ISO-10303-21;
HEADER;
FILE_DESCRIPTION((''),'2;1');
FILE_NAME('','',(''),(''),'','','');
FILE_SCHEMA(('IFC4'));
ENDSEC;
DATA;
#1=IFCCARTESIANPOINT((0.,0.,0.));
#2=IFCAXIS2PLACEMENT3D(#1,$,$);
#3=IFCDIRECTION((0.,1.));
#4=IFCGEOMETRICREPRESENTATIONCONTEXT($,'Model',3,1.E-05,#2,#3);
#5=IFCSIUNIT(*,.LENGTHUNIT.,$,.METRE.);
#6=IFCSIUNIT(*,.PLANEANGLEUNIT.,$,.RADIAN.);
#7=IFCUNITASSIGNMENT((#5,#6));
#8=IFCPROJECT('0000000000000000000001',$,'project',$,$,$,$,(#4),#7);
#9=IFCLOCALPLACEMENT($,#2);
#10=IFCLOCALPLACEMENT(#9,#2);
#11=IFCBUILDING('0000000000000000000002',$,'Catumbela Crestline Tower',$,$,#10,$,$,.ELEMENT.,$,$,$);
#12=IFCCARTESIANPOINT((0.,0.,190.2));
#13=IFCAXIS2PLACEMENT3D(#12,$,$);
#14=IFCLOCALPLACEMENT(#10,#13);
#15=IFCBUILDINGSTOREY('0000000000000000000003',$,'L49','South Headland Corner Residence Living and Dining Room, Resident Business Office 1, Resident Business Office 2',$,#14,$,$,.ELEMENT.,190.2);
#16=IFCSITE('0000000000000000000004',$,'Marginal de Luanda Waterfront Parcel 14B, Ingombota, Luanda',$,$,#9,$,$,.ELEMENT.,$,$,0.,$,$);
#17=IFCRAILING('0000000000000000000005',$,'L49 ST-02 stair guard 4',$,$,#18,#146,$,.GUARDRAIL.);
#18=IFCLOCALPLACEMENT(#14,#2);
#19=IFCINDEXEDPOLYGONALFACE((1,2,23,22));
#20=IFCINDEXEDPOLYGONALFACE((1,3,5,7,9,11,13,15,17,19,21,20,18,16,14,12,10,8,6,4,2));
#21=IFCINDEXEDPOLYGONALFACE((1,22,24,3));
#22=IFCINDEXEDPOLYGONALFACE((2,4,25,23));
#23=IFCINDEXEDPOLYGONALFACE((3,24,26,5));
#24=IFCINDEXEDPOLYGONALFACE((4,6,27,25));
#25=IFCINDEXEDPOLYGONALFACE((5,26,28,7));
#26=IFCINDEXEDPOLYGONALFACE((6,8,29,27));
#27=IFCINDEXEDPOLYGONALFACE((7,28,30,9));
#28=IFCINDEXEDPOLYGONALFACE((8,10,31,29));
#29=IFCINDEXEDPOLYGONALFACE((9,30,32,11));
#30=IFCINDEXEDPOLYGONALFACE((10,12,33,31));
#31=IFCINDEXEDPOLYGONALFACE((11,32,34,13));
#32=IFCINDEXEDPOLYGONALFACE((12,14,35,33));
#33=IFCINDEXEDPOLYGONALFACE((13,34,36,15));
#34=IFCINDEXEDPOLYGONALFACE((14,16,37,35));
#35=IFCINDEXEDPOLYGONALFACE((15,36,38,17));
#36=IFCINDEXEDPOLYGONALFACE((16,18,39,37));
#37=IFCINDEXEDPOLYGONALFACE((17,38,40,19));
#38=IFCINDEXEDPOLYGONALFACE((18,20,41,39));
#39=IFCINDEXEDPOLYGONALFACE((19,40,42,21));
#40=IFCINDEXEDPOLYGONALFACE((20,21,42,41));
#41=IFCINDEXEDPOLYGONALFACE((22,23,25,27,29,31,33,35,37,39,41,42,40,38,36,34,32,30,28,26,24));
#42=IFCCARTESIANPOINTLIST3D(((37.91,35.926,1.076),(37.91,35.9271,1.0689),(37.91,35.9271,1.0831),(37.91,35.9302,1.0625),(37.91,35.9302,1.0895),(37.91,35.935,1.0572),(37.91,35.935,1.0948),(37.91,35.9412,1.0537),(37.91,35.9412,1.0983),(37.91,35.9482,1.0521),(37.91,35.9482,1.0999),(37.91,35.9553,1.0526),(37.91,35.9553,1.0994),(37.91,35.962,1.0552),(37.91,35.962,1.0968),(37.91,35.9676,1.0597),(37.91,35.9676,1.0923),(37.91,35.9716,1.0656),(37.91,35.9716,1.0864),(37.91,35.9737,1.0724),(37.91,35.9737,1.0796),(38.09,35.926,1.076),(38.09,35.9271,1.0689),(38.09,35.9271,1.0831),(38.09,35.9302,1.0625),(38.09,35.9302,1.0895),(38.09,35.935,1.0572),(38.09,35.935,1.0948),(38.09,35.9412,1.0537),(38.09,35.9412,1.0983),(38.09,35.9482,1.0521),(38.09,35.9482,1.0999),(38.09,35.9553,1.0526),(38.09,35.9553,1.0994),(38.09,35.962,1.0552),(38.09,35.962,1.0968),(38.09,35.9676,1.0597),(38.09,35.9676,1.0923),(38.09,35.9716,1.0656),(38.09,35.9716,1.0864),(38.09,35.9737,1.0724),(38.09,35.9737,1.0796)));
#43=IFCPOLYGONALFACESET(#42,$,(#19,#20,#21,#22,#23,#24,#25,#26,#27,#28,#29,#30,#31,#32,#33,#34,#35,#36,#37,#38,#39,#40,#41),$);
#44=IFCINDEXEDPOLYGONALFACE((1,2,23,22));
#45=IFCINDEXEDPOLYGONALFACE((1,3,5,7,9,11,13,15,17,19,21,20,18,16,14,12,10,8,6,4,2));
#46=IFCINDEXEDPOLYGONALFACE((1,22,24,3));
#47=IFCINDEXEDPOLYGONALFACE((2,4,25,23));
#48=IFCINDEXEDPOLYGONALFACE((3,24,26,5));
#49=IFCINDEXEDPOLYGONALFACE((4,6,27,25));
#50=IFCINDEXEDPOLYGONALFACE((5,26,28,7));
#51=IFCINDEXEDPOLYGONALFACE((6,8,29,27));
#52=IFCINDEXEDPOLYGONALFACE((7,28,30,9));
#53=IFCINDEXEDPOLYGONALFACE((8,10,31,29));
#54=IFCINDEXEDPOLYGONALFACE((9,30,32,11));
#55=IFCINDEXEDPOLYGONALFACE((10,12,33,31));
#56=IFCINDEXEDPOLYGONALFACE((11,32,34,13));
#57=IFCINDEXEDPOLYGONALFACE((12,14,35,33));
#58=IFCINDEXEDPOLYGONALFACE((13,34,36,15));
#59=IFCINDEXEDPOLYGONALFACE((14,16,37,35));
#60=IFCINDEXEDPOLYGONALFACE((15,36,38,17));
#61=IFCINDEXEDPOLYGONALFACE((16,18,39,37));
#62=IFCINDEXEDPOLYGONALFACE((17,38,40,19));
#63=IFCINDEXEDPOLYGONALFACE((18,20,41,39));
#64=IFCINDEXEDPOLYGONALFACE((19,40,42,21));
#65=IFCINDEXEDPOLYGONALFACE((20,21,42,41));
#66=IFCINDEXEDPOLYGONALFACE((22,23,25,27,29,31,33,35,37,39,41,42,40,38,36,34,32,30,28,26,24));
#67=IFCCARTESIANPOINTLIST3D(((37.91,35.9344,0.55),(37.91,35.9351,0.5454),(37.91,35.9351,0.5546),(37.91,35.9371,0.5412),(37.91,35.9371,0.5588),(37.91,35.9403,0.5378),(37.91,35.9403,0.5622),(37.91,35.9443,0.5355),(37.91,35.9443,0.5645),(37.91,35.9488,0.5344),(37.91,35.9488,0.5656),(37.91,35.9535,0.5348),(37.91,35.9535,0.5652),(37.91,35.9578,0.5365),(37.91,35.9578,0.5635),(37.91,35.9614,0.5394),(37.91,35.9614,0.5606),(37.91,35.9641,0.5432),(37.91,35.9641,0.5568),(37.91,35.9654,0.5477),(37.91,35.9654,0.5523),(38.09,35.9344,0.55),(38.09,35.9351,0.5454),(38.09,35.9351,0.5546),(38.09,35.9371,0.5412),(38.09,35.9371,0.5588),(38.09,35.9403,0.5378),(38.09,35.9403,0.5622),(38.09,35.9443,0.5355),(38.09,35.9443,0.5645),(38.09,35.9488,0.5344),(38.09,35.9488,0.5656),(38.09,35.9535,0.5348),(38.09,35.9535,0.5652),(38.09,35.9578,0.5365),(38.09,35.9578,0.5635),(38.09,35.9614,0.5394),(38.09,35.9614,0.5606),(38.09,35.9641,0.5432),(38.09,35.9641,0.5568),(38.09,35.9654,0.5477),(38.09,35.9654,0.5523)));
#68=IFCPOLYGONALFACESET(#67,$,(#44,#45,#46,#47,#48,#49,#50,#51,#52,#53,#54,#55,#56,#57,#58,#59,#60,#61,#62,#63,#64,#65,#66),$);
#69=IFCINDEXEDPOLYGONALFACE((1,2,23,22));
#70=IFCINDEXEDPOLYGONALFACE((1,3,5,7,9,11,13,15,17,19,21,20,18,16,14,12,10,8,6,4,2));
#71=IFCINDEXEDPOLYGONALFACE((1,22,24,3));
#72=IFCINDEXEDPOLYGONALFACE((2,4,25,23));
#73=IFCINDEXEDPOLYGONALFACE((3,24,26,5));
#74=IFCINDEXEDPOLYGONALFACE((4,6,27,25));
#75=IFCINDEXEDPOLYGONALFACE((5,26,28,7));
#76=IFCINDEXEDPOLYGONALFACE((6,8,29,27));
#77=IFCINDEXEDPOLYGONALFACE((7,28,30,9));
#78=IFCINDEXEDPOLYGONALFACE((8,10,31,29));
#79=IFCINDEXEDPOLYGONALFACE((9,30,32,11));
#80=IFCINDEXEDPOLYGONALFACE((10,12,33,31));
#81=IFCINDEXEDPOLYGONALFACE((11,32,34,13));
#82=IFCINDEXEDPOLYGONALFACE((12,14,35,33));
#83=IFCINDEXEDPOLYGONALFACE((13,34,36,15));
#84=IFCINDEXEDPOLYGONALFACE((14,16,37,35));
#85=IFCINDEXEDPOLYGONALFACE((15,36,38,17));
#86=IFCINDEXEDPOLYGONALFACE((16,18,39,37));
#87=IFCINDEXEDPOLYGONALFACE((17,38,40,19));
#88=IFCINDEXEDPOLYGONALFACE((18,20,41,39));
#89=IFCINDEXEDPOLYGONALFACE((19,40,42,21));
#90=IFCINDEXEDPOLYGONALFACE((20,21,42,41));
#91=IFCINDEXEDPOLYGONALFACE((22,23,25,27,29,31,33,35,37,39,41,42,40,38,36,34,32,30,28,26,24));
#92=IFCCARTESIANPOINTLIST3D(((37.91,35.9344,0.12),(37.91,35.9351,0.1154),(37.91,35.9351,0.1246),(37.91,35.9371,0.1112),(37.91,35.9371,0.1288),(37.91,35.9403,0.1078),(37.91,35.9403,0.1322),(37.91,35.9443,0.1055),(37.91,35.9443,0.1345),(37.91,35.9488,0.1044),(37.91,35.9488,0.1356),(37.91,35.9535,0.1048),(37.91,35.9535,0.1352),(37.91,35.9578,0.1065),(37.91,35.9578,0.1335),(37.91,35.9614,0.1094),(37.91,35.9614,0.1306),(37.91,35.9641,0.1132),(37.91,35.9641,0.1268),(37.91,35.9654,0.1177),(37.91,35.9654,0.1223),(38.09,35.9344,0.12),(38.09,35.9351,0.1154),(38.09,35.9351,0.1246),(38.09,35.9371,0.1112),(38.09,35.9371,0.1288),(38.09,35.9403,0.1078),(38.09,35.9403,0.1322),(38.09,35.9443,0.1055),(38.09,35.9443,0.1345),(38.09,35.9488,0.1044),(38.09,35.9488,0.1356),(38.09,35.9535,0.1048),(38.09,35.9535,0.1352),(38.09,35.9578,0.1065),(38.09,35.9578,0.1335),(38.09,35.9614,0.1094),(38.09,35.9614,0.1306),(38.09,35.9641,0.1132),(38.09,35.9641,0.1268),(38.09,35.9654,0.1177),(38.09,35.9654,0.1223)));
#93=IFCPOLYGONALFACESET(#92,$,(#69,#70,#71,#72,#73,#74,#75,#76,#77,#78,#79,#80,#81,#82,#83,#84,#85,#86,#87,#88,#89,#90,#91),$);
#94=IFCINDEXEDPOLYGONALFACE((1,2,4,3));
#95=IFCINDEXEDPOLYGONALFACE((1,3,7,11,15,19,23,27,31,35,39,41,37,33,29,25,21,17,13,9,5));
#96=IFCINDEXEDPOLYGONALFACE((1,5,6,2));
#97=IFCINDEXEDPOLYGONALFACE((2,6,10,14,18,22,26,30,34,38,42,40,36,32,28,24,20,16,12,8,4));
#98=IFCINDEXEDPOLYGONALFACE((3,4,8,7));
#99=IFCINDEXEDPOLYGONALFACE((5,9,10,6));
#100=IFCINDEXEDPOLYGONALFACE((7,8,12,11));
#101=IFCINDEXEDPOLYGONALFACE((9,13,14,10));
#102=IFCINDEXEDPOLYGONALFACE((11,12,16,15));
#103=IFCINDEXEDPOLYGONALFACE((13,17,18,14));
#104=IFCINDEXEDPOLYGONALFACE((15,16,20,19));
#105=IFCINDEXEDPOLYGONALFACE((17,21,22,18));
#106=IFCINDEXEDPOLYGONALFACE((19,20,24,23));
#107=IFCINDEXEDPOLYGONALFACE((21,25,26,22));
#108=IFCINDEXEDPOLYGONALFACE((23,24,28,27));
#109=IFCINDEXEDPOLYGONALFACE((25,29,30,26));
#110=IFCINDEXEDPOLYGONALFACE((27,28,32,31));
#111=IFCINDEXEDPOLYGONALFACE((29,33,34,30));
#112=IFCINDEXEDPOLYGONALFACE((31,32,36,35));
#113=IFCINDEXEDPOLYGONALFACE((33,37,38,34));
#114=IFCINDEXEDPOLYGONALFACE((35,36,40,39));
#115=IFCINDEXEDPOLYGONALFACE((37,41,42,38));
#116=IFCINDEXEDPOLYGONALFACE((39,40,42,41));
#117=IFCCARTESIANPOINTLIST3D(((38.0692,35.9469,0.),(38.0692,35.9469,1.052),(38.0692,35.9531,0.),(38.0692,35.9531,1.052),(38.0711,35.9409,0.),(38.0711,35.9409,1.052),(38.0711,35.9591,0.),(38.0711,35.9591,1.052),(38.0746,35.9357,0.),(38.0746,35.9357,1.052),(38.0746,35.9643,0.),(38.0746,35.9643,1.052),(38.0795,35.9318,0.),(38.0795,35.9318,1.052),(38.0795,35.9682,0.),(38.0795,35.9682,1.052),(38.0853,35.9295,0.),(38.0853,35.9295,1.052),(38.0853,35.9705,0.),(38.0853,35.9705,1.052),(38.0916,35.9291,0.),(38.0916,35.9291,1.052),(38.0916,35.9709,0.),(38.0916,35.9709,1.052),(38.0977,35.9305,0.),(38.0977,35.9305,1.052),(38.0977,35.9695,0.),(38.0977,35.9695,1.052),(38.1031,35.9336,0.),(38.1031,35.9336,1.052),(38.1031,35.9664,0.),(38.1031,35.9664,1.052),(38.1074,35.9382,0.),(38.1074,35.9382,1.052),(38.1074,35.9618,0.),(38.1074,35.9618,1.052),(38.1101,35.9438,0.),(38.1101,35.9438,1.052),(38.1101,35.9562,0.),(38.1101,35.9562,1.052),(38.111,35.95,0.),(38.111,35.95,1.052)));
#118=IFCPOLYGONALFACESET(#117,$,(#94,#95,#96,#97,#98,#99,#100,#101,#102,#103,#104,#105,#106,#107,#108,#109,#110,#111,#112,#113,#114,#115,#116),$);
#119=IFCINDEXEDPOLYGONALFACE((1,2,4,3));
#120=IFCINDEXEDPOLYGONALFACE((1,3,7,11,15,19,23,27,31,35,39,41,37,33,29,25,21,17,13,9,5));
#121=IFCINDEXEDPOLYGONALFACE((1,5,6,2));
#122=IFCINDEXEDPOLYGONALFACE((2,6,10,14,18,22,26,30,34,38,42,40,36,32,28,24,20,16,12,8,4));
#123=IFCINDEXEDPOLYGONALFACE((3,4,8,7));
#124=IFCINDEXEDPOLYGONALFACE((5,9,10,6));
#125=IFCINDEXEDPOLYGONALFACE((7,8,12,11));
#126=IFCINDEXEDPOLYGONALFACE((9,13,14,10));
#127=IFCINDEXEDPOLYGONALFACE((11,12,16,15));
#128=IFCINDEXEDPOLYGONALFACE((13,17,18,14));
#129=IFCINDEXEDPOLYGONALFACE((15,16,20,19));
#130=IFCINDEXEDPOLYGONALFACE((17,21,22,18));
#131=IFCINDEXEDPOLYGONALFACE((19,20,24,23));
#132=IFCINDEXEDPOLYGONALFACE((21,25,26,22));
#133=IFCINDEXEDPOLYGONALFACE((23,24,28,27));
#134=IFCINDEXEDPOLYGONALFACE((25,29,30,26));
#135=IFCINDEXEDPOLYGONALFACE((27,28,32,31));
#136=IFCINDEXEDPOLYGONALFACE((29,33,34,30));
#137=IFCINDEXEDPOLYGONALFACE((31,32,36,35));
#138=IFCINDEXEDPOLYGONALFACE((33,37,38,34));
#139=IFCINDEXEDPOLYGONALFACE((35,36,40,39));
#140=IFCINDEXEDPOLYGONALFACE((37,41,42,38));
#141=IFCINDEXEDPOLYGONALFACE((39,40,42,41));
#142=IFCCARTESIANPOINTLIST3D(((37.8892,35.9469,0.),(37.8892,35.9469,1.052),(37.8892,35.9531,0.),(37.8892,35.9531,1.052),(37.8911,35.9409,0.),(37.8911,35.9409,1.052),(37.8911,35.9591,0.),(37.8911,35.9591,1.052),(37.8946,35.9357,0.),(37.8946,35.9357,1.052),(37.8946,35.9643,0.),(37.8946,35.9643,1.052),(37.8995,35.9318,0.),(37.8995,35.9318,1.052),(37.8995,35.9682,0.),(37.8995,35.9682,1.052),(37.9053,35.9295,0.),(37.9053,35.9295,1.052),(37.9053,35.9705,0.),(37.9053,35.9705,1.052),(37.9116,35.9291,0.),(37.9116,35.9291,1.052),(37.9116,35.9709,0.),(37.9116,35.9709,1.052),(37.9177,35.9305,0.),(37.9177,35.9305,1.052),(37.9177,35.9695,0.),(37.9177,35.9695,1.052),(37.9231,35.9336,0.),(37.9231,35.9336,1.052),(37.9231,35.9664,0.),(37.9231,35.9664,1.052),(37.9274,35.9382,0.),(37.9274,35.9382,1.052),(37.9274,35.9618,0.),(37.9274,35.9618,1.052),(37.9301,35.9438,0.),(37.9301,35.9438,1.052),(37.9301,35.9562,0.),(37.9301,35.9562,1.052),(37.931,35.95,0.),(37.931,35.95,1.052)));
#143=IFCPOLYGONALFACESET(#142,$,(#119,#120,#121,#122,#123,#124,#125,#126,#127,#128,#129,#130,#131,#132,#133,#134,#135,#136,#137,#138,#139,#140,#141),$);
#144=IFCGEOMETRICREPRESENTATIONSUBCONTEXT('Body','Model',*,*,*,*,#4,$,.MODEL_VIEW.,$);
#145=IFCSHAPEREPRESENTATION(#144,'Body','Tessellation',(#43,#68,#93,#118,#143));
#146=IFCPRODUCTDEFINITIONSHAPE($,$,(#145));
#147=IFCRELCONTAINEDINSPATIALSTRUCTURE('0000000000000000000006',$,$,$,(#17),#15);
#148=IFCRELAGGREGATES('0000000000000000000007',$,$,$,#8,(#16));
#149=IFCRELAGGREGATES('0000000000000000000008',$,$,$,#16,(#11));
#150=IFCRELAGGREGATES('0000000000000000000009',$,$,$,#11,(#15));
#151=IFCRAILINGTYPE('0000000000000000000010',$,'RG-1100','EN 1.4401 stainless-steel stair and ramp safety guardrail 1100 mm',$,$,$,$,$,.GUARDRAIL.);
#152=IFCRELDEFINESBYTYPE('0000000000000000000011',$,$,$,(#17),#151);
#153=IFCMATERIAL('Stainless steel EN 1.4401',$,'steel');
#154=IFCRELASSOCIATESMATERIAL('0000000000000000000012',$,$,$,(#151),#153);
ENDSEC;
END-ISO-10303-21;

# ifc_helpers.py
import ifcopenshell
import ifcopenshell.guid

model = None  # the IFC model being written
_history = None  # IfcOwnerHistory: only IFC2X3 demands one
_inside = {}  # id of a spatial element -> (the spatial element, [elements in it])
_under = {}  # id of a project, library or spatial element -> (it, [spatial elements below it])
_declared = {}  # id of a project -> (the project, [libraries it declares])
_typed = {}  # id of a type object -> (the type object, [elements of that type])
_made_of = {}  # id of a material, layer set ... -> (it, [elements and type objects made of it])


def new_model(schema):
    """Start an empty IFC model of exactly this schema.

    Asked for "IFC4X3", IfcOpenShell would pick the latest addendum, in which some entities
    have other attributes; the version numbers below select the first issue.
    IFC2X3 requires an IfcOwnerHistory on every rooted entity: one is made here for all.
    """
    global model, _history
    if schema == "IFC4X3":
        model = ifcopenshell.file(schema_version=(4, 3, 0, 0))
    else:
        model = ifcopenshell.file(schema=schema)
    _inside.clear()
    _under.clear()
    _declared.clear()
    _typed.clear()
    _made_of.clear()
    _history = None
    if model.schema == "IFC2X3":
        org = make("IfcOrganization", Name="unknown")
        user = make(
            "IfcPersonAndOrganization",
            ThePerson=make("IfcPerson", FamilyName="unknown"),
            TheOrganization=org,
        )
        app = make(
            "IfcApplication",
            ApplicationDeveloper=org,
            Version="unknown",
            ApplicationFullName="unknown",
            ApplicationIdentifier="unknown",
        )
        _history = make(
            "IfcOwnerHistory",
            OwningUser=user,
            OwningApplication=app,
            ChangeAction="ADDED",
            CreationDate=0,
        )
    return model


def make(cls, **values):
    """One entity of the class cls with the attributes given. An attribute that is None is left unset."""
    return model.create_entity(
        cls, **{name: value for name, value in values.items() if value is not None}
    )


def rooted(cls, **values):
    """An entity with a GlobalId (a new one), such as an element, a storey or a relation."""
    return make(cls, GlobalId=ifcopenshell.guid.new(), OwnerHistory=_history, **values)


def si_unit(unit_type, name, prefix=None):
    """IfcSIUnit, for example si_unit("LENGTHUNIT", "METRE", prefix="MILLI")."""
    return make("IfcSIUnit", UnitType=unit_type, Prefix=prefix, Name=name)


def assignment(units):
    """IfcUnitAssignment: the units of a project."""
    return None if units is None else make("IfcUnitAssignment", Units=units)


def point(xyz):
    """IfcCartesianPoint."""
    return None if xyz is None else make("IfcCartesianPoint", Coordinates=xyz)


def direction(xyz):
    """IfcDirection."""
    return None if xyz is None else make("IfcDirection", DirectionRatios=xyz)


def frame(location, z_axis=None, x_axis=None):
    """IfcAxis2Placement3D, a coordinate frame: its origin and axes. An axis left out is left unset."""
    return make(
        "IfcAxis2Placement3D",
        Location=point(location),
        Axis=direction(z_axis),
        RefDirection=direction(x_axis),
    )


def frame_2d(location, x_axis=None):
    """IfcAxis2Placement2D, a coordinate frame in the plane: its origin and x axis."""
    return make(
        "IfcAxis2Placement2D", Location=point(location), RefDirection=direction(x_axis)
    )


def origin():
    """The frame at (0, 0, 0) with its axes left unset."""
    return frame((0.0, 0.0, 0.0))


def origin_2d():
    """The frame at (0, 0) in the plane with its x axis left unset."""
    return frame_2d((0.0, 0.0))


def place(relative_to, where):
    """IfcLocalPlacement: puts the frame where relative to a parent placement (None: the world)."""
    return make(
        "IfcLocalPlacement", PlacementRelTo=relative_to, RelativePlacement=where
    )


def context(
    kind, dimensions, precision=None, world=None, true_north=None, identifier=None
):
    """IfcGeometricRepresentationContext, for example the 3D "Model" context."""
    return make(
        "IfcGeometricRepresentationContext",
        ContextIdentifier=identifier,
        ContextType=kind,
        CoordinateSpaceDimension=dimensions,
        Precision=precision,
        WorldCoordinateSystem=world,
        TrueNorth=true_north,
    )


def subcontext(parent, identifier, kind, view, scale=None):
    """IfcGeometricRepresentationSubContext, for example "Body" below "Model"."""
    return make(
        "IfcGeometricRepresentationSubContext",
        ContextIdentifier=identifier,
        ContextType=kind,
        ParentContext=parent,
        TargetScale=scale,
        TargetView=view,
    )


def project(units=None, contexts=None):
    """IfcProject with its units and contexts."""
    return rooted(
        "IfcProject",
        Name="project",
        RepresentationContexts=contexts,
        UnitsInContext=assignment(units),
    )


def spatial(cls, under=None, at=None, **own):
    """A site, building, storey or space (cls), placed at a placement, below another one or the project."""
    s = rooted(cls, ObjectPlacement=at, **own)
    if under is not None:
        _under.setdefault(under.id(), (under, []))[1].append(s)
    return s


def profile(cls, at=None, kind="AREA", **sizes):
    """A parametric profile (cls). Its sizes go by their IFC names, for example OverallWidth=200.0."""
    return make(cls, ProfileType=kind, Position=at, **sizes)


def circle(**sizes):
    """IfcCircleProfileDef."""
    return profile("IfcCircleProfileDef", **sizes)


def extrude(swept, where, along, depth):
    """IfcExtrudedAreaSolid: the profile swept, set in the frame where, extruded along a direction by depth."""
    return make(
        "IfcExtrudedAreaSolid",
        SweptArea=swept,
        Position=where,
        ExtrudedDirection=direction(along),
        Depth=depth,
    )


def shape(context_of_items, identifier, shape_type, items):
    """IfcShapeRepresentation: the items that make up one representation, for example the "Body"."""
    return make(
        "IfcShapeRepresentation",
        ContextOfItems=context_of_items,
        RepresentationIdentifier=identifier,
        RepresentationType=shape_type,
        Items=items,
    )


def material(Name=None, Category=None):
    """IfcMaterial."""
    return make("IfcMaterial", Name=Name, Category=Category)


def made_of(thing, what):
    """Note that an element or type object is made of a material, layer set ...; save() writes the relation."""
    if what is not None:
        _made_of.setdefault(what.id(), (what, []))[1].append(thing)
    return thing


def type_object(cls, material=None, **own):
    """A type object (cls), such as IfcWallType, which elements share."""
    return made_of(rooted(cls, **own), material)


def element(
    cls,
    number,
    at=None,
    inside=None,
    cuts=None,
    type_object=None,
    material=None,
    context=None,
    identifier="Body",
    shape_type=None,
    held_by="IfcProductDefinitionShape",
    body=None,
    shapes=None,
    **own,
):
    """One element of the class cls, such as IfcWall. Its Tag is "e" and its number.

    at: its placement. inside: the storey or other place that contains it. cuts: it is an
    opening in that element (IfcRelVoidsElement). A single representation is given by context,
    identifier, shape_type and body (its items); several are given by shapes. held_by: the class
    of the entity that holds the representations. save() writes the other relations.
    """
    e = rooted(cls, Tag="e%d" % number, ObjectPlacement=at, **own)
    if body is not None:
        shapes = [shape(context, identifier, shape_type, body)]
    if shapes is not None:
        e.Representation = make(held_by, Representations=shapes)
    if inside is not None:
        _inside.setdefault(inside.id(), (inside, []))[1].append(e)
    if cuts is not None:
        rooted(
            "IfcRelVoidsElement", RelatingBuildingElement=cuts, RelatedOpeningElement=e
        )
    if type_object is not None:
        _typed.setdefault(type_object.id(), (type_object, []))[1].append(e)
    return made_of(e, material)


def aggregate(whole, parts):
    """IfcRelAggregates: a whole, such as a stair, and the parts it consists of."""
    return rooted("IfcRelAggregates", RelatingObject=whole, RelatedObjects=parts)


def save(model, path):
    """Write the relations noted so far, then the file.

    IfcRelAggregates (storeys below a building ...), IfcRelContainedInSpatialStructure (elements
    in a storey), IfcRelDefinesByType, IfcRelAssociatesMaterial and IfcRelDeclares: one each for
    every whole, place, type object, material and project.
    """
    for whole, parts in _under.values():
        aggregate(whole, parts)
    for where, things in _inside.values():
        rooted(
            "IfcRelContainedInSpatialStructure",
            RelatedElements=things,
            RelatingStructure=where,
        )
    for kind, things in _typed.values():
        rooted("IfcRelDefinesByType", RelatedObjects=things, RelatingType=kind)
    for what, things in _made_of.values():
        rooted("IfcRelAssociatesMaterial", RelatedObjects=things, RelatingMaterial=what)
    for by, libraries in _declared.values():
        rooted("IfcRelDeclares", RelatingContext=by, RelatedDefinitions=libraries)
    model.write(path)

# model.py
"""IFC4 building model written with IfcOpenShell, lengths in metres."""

from ifc_helpers import new_model, si_unit, direction, frame, origin, origin_2d, place, context, subcontext, project, spatial, circle, extrude, material, type_object, element, save


model = new_model("IFC4")

# Units and contexts
model_context = context("Model", 3, precision=1e-05, world=origin(), true_north=direction((0.0, 1.0)))
body_context = subcontext(model_context, "Body", "Model", "MODEL_VIEW")
ifc_project = project(units=[si_unit("LENGTHUNIT", "METRE"), si_unit("PLANEANGLEUNIT", "RADIAN")], contexts=[model_context])

# Site, building, storey
site_placement = place(None, origin())
site = spatial("IfcSite", under=ifc_project, at=site_placement, Name="Marginal de Luanda Waterfront Parcel 14B, Ingombota, Luanda", CompositionType="ELEMENT", RefElevation=0.0)
building_placement = place(site_placement, origin())
building = spatial("IfcBuilding", under=site, at=building_placement, Name="Catumbela Crestline Tower", CompositionType="ELEMENT")
storey_placement = place(building_placement, frame((0.0, 0.0, 190.2)))
storey = spatial("IfcBuildingStorey", under=building, at=storey_placement, Name="L49", Description="South Headland Corner Residence Living and Dining Room, Resident Business Office 1, Resident Business Office 2", CompositionType="ELEMENT", Elevation=190.2)

# Shared definitions
ifc_material_1 = material(Name="Stainless steel EN 1.4401", Category="steel")

# Railing
railing_type_1 = type_object("IfcRailingType", Name="RG-1100", Description="EN 1.4401 stainless-steel stair and ramp safety guardrail 1100 mm", PredefinedType="GUARDRAIL", material=ifc_material_1)
railing_1_placement = place(storey_placement, frame((38.09, 35.95, 0.0)))
element("IfcRailing", 1, at=railing_1_placement, inside=storey, type_object=railing_type_1, Name="L49 ST-02 stair guard 4", PredefinedType="GUARDRAIL", context=body_context, shape_type="SweptSolid", body=[
    extrude(circle(Radius=0.024, at=origin_2d()), frame((0.0, 0.0, 1.076), z_axis=(-1.0, 0.0, 0.0), x_axis=(0.0, -1.0, 0.0)), (0.0, 0.0, 1.0), 0.18),
    extrude(circle(Radius=0.0156, at=origin_2d()), frame((0.0, 0.0, 0.55), z_axis=(-1.0, 0.0, 0.0), x_axis=(0.0, -1.0, 0.0)), (0.0, 0.0, 1.0), 0.18),
    extrude(circle(Radius=0.0156, at=origin_2d()), frame((0.0, 0.0, 0.12), z_axis=(-1.0, 0.0, 0.0), x_axis=(0.0, -1.0, 0.0)), (0.0, 0.0, 1.0), 0.18),
    extrude(circle(Radius=0.021, at=origin_2d()), origin(), (0.0, 0.0, 1.0), 1.052),
    extrude(circle(Radius=0.021, at=origin_2d()), frame((-0.18, 0.0, 0.0)), (0.0, 0.0, 1.0), 1.052),
])

save(model, "model.ifc")
